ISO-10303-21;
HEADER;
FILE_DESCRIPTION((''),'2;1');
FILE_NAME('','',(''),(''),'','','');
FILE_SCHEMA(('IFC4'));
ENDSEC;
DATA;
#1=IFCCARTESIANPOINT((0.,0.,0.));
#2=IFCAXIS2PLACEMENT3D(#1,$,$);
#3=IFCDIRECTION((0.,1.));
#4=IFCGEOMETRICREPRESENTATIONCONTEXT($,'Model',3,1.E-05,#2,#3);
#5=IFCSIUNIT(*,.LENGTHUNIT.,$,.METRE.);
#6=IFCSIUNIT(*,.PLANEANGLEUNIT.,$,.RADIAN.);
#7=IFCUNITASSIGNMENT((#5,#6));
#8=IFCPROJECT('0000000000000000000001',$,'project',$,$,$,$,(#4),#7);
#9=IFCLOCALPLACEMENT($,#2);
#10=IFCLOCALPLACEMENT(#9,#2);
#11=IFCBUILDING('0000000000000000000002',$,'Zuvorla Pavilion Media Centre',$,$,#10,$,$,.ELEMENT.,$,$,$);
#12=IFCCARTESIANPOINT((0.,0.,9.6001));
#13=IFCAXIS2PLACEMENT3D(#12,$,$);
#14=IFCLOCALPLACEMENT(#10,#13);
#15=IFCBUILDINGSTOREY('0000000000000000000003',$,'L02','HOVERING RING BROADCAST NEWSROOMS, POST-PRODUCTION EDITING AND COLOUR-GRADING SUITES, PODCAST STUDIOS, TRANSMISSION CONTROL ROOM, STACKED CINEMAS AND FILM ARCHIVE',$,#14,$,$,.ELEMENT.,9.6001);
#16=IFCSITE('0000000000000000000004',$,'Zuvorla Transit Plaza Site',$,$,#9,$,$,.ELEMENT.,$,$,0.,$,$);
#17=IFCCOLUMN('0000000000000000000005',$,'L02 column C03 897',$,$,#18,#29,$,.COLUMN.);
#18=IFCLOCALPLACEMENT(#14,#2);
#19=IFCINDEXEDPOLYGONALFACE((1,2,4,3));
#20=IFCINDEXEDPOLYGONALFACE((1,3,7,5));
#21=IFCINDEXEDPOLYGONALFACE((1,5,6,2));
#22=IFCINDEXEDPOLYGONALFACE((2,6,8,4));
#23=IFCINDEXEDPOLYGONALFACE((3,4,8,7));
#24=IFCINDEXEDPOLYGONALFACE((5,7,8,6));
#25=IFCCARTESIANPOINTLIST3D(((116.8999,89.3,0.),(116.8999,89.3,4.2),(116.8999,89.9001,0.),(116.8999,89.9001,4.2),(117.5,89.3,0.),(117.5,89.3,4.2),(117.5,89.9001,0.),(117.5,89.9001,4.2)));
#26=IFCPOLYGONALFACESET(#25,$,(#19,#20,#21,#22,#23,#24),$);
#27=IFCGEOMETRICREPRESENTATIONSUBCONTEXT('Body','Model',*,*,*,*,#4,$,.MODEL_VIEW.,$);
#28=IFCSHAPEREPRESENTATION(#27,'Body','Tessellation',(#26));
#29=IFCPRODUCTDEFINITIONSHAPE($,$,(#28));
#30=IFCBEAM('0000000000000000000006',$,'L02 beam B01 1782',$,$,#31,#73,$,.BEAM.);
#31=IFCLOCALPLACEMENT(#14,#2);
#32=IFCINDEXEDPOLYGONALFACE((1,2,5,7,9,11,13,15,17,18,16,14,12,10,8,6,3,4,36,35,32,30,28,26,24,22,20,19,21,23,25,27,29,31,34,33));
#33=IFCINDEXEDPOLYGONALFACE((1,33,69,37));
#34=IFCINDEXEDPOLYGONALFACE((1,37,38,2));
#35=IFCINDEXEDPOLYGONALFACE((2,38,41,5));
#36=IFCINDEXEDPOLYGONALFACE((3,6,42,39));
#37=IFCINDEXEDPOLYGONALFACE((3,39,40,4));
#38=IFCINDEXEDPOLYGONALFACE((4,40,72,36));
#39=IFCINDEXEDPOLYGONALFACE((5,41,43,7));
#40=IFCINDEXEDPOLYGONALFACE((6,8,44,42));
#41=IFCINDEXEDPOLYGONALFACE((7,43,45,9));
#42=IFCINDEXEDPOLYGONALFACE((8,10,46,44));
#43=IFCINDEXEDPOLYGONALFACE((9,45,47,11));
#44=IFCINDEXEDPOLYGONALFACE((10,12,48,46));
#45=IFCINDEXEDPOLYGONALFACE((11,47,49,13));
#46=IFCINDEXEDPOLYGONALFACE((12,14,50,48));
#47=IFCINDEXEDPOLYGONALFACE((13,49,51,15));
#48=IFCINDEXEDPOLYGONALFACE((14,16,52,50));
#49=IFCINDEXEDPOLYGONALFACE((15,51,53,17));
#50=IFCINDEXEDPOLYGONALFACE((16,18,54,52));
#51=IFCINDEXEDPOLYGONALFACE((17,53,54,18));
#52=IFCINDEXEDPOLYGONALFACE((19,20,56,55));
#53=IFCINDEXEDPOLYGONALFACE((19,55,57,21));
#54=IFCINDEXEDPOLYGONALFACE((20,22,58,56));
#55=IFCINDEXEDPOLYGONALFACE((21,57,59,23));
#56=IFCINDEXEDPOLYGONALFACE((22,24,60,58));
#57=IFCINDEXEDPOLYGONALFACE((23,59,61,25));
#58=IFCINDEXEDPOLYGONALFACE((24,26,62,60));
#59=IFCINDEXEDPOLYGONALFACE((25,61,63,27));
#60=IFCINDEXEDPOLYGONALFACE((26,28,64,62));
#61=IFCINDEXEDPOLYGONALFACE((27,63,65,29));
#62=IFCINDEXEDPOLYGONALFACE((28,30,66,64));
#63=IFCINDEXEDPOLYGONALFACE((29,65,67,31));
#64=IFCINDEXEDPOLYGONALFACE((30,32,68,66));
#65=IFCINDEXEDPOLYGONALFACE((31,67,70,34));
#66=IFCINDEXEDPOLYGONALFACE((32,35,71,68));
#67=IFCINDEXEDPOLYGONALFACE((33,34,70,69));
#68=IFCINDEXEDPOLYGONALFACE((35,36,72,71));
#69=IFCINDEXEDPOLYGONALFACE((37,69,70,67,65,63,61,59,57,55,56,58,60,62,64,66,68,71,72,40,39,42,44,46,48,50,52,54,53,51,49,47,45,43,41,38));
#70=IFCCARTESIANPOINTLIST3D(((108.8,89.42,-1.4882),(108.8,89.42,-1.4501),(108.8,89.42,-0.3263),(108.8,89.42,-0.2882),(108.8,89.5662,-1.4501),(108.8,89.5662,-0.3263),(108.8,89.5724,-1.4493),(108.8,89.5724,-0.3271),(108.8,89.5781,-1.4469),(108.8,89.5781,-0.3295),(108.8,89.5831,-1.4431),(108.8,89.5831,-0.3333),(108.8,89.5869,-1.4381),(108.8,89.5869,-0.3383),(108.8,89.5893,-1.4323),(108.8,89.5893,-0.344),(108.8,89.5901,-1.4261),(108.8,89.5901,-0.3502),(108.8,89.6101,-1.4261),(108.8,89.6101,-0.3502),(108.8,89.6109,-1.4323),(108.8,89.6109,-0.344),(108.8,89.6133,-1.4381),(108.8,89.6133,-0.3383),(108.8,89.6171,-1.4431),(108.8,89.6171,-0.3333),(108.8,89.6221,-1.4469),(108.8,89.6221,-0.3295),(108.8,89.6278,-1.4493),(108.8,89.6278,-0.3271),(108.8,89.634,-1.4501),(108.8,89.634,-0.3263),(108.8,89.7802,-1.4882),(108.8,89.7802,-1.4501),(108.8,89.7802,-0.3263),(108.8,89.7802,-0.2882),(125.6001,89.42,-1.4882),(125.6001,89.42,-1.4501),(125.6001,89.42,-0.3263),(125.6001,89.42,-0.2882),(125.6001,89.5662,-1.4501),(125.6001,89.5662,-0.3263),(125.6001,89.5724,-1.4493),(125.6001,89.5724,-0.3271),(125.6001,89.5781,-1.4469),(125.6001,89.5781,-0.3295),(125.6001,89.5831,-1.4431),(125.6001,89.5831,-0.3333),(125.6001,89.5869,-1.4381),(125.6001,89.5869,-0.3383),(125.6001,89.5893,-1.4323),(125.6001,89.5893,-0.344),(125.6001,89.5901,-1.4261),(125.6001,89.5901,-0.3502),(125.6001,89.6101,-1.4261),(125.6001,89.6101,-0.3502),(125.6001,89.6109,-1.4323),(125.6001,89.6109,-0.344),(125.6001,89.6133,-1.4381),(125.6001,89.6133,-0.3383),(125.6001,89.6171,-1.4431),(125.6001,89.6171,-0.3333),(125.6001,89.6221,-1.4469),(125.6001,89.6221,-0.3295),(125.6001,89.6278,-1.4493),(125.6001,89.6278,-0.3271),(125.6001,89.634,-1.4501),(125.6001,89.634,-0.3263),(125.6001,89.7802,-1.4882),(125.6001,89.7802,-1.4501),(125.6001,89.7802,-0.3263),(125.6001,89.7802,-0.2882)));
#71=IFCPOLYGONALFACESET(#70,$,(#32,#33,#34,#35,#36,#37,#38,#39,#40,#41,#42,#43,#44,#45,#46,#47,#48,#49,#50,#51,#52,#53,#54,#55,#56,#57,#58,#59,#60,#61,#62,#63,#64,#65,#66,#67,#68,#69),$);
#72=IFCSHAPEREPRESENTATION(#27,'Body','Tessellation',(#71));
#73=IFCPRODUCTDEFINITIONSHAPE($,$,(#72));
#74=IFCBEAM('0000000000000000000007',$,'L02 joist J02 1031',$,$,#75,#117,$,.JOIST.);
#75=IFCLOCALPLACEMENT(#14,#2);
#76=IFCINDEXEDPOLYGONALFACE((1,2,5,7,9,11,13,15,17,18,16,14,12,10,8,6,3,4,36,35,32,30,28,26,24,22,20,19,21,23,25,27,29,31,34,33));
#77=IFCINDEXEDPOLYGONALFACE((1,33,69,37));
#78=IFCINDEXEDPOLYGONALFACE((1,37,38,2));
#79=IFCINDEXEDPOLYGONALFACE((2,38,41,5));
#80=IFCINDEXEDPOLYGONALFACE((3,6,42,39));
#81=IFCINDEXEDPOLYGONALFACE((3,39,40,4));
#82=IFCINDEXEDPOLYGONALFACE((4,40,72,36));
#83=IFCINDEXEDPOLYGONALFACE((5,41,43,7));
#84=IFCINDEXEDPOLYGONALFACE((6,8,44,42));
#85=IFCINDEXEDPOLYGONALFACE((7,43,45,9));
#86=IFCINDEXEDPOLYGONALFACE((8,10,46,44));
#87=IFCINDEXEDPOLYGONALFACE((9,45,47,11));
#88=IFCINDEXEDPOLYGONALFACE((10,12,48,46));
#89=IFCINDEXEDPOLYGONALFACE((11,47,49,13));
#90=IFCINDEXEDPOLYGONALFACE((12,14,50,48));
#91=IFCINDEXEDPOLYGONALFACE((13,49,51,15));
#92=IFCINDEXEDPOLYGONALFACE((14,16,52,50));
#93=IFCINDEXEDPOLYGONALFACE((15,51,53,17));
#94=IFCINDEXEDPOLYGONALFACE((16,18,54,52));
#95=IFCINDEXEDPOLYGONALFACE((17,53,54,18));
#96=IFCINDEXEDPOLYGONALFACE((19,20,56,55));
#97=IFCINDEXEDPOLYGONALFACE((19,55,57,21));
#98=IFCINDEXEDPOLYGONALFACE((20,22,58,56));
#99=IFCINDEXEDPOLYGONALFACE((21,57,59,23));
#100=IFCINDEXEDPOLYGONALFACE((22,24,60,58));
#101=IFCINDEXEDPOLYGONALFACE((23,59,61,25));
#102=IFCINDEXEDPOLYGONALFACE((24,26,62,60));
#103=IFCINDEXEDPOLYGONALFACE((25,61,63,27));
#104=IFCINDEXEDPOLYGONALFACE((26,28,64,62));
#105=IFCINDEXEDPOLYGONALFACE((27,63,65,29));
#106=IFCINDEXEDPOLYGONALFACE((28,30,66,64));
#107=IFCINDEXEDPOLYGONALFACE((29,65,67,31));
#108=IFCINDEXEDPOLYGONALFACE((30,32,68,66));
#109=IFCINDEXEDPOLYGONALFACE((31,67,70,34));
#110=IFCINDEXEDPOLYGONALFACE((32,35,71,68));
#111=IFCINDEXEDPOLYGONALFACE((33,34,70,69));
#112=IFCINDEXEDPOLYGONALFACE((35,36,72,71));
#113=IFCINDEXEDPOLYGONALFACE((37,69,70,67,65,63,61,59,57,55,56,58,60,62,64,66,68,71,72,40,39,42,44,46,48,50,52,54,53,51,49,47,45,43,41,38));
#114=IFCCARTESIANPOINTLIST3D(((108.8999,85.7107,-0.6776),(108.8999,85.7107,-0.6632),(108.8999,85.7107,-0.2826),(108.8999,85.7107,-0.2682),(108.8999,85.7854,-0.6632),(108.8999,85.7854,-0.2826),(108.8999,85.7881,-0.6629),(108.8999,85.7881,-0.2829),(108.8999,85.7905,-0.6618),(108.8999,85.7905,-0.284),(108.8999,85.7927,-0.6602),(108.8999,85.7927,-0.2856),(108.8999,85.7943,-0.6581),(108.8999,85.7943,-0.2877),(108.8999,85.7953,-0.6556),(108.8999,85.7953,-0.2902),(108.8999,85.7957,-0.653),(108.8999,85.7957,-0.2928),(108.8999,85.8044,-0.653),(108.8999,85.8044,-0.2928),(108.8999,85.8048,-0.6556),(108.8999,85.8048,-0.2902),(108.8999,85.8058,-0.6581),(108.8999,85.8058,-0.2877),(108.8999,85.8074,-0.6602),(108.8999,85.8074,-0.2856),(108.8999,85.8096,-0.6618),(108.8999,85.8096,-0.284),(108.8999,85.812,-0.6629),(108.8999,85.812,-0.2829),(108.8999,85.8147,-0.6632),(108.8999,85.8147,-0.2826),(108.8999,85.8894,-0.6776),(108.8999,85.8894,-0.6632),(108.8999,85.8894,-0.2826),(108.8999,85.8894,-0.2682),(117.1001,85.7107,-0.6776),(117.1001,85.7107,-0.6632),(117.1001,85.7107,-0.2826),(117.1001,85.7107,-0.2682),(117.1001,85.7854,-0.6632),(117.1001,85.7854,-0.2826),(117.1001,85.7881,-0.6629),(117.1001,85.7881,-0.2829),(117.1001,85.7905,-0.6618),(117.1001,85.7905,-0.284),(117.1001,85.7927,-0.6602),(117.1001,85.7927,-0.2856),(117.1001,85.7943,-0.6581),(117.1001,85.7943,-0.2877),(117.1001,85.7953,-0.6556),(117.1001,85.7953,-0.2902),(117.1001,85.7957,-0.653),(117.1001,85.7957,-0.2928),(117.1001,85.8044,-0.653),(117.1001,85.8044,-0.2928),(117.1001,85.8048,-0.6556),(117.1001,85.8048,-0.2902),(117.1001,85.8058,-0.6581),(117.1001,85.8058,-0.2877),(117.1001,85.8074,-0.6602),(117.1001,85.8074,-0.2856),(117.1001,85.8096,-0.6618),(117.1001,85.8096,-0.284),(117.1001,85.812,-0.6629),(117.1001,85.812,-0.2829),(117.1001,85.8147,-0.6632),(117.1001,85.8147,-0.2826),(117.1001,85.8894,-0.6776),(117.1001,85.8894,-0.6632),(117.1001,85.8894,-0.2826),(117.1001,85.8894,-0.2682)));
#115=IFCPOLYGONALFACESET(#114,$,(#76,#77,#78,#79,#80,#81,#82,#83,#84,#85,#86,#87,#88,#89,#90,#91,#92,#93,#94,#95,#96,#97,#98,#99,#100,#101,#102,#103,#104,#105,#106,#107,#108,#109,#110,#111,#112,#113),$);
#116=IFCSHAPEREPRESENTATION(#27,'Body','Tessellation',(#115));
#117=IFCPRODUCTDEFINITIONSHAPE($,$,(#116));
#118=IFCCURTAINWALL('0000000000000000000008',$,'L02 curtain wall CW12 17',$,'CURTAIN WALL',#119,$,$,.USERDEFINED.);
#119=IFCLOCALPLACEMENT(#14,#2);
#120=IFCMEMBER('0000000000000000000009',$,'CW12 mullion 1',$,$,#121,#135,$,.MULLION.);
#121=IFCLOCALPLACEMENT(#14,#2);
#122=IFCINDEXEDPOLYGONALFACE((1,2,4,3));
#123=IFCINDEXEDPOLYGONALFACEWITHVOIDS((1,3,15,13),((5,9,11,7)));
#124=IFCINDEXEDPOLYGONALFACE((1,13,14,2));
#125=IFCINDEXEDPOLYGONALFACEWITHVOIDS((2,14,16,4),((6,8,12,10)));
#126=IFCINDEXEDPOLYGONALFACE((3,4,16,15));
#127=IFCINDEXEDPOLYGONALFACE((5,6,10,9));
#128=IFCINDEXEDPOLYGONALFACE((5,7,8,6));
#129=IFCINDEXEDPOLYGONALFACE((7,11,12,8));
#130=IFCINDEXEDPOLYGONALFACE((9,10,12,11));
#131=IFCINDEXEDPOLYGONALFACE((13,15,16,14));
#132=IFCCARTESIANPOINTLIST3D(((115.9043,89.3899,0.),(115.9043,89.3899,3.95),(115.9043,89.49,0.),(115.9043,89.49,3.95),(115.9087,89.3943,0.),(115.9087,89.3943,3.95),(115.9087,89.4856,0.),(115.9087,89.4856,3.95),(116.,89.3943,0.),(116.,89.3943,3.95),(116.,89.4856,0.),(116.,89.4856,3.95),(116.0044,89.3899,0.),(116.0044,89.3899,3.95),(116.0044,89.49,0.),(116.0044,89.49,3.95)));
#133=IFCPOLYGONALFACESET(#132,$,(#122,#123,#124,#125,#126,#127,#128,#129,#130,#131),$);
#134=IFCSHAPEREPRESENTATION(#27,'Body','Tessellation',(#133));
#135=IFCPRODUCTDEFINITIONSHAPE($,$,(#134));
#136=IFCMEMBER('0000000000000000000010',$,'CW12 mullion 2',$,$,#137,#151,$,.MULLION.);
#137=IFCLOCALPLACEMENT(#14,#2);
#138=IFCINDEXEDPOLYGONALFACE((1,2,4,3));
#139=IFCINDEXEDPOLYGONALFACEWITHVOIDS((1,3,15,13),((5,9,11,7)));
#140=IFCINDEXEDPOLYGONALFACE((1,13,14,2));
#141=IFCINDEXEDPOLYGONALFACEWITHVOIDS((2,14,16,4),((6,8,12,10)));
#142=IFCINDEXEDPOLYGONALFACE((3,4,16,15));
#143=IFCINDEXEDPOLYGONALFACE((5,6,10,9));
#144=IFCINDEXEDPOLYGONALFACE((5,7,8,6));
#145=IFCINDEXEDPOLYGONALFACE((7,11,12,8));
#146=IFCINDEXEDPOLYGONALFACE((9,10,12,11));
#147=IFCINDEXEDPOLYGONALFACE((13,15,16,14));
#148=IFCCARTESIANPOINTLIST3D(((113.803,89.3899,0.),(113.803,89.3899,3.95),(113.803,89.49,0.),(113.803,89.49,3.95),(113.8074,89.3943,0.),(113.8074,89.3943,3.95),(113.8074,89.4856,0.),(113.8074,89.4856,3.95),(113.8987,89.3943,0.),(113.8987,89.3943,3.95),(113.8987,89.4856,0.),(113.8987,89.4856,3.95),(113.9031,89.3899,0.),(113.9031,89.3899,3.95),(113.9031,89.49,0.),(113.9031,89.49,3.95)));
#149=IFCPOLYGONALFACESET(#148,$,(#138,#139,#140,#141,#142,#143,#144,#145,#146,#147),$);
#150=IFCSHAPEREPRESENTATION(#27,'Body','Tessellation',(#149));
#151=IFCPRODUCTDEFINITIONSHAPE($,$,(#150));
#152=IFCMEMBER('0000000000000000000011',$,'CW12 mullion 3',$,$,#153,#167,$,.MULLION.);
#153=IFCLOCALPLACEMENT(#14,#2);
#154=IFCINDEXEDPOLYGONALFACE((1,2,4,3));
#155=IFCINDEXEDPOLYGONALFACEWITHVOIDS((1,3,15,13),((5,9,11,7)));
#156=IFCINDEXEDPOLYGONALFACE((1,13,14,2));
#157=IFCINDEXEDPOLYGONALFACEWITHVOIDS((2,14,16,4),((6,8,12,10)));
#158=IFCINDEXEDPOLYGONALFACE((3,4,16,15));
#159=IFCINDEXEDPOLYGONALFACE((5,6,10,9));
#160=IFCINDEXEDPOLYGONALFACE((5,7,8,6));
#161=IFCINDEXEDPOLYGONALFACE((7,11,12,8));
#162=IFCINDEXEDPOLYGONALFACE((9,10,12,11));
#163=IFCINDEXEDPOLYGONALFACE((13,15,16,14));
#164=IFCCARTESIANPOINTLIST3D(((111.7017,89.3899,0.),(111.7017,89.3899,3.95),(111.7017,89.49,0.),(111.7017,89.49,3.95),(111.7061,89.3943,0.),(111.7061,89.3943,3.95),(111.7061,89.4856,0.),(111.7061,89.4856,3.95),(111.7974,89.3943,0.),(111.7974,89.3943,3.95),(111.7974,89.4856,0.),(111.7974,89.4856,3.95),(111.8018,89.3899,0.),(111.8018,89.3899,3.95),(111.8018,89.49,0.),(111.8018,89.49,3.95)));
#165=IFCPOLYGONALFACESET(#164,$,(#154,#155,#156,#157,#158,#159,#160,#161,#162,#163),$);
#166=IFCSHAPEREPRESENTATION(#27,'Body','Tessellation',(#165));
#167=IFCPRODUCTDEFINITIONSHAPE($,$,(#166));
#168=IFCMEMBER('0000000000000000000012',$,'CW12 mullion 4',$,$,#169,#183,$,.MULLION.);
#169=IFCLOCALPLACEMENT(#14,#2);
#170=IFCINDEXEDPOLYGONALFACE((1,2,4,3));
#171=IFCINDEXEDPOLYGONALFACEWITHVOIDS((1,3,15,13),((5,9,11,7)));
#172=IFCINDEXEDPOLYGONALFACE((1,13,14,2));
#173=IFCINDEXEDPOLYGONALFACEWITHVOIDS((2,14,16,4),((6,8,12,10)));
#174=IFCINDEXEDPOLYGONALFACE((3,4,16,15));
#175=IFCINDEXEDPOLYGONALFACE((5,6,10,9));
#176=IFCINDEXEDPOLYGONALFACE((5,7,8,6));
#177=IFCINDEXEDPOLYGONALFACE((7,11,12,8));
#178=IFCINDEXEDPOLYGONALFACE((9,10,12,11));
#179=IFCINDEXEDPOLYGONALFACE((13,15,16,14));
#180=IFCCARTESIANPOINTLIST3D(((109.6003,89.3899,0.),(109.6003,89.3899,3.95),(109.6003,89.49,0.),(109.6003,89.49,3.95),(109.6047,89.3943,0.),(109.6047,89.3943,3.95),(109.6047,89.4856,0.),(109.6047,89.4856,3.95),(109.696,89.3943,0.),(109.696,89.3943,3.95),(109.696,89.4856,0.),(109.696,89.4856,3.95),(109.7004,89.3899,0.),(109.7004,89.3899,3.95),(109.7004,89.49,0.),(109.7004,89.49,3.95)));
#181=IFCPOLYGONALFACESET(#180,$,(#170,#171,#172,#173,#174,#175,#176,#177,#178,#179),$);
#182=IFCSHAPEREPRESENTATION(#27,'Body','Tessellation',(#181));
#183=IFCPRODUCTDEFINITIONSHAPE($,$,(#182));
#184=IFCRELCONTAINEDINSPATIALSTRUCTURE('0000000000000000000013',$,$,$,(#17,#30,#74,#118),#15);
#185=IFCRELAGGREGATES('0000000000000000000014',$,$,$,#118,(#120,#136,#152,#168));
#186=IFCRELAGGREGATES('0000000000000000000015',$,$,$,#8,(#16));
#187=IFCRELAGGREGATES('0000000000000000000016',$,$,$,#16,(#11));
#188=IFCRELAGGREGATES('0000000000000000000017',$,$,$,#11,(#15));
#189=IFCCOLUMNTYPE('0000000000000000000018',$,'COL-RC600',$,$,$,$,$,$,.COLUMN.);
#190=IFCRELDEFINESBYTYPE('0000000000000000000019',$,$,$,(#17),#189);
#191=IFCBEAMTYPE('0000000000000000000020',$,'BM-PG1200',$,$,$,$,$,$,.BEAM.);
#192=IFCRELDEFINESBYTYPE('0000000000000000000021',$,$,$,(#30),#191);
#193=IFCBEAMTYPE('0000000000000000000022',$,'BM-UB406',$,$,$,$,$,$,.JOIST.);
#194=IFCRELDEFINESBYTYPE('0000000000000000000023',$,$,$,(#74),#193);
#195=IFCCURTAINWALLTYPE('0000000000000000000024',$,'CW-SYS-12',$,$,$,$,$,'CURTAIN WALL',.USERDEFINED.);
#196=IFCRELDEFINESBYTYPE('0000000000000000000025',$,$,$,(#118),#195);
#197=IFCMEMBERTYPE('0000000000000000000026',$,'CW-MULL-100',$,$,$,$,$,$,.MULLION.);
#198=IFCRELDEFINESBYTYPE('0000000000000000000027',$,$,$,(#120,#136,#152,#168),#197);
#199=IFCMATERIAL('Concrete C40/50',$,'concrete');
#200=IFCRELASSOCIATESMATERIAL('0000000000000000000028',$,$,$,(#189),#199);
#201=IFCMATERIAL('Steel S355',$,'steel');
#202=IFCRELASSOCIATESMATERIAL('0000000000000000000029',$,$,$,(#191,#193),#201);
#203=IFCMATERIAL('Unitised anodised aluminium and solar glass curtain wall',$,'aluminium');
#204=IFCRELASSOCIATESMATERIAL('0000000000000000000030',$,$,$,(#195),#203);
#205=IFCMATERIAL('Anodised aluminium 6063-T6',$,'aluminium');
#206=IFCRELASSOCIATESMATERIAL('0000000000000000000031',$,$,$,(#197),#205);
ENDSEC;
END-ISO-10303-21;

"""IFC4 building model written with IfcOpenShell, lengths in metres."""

from ifc_helpers import new_model, si_unit, direction, frame, origin, origin_2d, place, context, subcontext, project, spatial, rectangle, hollow_rectangle, i_section, extrude, material, material_profile, profile_set, type_object, element, aggregate, save


model = new_model("IFC4")

# Units and contexts
model_context = context("Model", 3, precision=1e-05, world=origin(), true_north=direction((0.0, 1.0)))
body_context = subcontext(model_context, "Body", "Model", "MODEL_VIEW")
ifc_project = project(units=[si_unit("LENGTHUNIT", "METRE"), si_unit("PLANEANGLEUNIT", "RADIAN")], contexts=[model_context])

# Site, building, storey
site_placement = place(None, origin())
site = spatial("IfcSite", under=ifc_project, at=site_placement, Name="Zuvorla Transit Plaza Site", CompositionType="ELEMENT", RefElevation=0.0)
building_placement = place(site_placement, origin())
building = spatial("IfcBuilding", under=site, at=building_placement, Name="Zuvorla Pavilion Media Centre", CompositionType="ELEMENT")
storey_placement = place(building_placement, frame((0.0, 0.0, 9.6001)))
storey = spatial("IfcBuildingStorey", under=building, at=storey_placement, Name="L02", Description="HOVERING RING BROADCAST NEWSROOMS, POST-PRODUCTION EDITING AND COLOUR-GRADING SUITES, PODCAST STUDIOS, TRANSMISSION CONTROL ROOM, STACKED CINEMAS AND FILM ARCHIVE", CompositionType="ELEMENT", Elevation=9.6001)

# Column
ifc_material_1 = material(Name="Concrete C40/50", Category="concrete")
ifc_material_profile_1 = material_profile(ifc_material_1, rectangle(XDim=0.6001, YDim=0.6001, at=origin_2d()), Name="RC 600x600")
ifc_profile_set_1 = profile_set([ifc_material_profile_1], Name="Concrete C40/50")
column_type = type_object("IfcColumnType", Name="COL-RC600", PredefinedType="COLUMN", material=ifc_profile_set_1)
column_placement = place(storey_placement, frame((117.2, 89.6001, 0.0), z_axis=(0.0, 0.0, 1.0), x_axis=(1.0, 0.0, 0.0)))
element("IfcColumn", 1, at=column_placement, inside=storey, type_object=column_type, Name="L02 column C03 897", PredefinedType="COLUMN", context=body_context, shape_type="SweptSolid", body=[
    extrude(rectangle(XDim=0.6001, YDim=0.6001, at=origin_2d()), origin(), (0.0, 0.0, 1.0), 4.2),
])

# Beams
ifc_material_2 = material(Name="Steel S355", Category="steel")
ifc_material_profile_2 = material_profile(ifc_material_2, i_section(OverallWidth=0.3601, OverallDepth=1.2, WebThickness=0.02, FlangeThickness=0.0381, FilletRadius=0.0239, at=origin_2d()), Name="PG 1200x360x38")
ifc_profile_set_2 = profile_set([ifc_material_profile_2], Name="Steel S355")
beam_type_1 = type_object("IfcBeamType", Name="BM-PG1200", PredefinedType="BEAM", material=ifc_profile_set_2)
beam_1_placement = place(storey_placement, frame((108.8, 89.6001, -0.8882), z_axis=(1.0, 0.0, 0.0), x_axis=(0.0, 1.0, 0.0)))
element("IfcBeam", 2, at=beam_1_placement, inside=storey, type_object=beam_type_1, Name="L02 beam B01 1782", PredefinedType="BEAM", context=body_context, shape_type="SweptSolid", body=[
    extrude(i_section(OverallWidth=0.3601, OverallDepth=1.2, WebThickness=0.02, FlangeThickness=0.0381, FilletRadius=0.0239, at=origin_2d()), origin(), (0.0, 0.0, 1.0), 16.8),
])
ifc_material_profile_3 = material_profile(ifc_material_2, i_section(OverallWidth=0.1787, OverallDepth=0.4094, WebThickness=0.0088, FlangeThickness=0.0144, FilletRadius=0.0103, at=origin_2d()), Name="UB 406x178x67")
ifc_profile_set_3 = profile_set([ifc_material_profile_3], Name="Steel S355")
beam_type_2 = type_object("IfcBeamType", Name="BM-UB406", PredefinedType="JOIST", material=ifc_profile_set_3)
beam_2_placement = place(storey_placement, frame((108.8999, 85.8, -0.4729), z_axis=(1.0, 0.0, 0.0), x_axis=(0.0, 1.0, 0.0)))
element("IfcBeam", 3, at=beam_2_placement, inside=storey, type_object=beam_type_2, Name="L02 joist J02 1031", PredefinedType="JOIST", context=body_context, shape_type="SweptSolid", body=[
    extrude(i_section(OverallWidth=0.1787, OverallDepth=0.4094, WebThickness=0.0088, FlangeThickness=0.0144, FilletRadius=0.0103, at=origin_2d()), origin(), (0.0, 0.0, 1.0), 8.2002),
])

# Curtain wall, members
ifc_material_3 = material(Name="Unitised anodised aluminium and solar glass curtain wall", Category="aluminium")
curtain_wall_type = type_object("IfcCurtainWallType", Name="CW-SYS-12", ElementType="CURTAIN WALL", PredefinedType="USERDEFINED", material=ifc_material_3)
curtain_wall_placement = place(storey_placement, origin())
curtain_wall = element("IfcCurtainWall", 4, at=curtain_wall_placement, inside=storey, type_object=curtain_wall_type, Name="L02 curtain wall CW12 17", ObjectType="CURTAIN WALL", PredefinedType="USERDEFINED")
ifc_material_4 = material(Name="Anodised aluminium 6063-T6", Category="aluminium")
ifc_material_profile_4 = material_profile(ifc_material_4, hollow_rectangle(XDim=0.1001, YDim=0.1001, WallThickness=0.0044, at=origin_2d()), Name="ALU MULL 100x100")
ifc_profile_set_4 = profile_set([ifc_material_profile_4], Name="Anodised aluminium 6063-T6")
member_type_1 = type_object("IfcMemberType", Name="CW-MULL-100", PredefinedType="MULLION", material=ifc_profile_set_4)
member_1_placement = place(storey_placement, frame((115.9543, 89.4399, 0.0), z_axis=(0.0, 0.0, 1.0), x_axis=(1.0, 0.0, 0.0)))
member_1 = element("IfcMember", 5, at=member_1_placement, type_object=member_type_1, Name="CW12 mullion 1", PredefinedType="MULLION", context=body_context, shape_type="SweptSolid", body=[
    extrude(hollow_rectangle(XDim=0.1001, YDim=0.1001, WallThickness=0.0044, at=origin_2d()), origin(), (0.0, 0.0, 1.0), 3.95),
])
member_2_placement = place(storey_placement, frame((113.853, 89.4399, 0.0), z_axis=(0.0, 0.0, 1.0), x_axis=(1.0, 0.0, 0.0)))
member_2 = element("IfcMember", 6, at=member_2_placement, type_object=member_type_1, Name="CW12 mullion 2", PredefinedType="MULLION", context=body_context, shape_type="SweptSolid", body=[
    extrude(hollow_rectangle(XDim=0.1001, YDim=0.1001, WallThickness=0.0044, at=origin_2d()), origin(), (0.0, 0.0, 1.0), 3.95),
])
member_3_placement = place(storey_placement, frame((111.7517, 89.4399, 0.0), z_axis=(0.0, 0.0, 1.0), x_axis=(1.0, 0.0, 0.0)))
member_3 = element("IfcMember", 7, at=member_3_placement, type_object=member_type_1, Name="CW12 mullion 3", PredefinedType="MULLION", context=body_context, shape_type="SweptSolid", body=[
    extrude(hollow_rectangle(XDim=0.1001, YDim=0.1001, WallThickness=0.0044, at=origin_2d()), origin(), (0.0, 0.0, 1.0), 3.95),
])
member_4_placement = place(storey_placement, frame((109.6504, 89.4399, 0.0), z_axis=(0.0, 0.0, 1.0), x_axis=(1.0, 0.0, 0.0)))
member_4 = element("IfcMember", 8, at=member_4_placement, type_object=member_type_1, Name="CW12 mullion 4", PredefinedType="MULLION", context=body_context, shape_type="SweptSolid", body=[
    extrude(hollow_rectangle(XDim=0.1001, YDim=0.1001, WallThickness=0.0044, at=origin_2d()), origin(), (0.0, 0.0, 1.0), 3.95),
])

aggregate(curtain_wall, [member_1, member_2, member_3, member_4])

save(model, "model.ifc")
